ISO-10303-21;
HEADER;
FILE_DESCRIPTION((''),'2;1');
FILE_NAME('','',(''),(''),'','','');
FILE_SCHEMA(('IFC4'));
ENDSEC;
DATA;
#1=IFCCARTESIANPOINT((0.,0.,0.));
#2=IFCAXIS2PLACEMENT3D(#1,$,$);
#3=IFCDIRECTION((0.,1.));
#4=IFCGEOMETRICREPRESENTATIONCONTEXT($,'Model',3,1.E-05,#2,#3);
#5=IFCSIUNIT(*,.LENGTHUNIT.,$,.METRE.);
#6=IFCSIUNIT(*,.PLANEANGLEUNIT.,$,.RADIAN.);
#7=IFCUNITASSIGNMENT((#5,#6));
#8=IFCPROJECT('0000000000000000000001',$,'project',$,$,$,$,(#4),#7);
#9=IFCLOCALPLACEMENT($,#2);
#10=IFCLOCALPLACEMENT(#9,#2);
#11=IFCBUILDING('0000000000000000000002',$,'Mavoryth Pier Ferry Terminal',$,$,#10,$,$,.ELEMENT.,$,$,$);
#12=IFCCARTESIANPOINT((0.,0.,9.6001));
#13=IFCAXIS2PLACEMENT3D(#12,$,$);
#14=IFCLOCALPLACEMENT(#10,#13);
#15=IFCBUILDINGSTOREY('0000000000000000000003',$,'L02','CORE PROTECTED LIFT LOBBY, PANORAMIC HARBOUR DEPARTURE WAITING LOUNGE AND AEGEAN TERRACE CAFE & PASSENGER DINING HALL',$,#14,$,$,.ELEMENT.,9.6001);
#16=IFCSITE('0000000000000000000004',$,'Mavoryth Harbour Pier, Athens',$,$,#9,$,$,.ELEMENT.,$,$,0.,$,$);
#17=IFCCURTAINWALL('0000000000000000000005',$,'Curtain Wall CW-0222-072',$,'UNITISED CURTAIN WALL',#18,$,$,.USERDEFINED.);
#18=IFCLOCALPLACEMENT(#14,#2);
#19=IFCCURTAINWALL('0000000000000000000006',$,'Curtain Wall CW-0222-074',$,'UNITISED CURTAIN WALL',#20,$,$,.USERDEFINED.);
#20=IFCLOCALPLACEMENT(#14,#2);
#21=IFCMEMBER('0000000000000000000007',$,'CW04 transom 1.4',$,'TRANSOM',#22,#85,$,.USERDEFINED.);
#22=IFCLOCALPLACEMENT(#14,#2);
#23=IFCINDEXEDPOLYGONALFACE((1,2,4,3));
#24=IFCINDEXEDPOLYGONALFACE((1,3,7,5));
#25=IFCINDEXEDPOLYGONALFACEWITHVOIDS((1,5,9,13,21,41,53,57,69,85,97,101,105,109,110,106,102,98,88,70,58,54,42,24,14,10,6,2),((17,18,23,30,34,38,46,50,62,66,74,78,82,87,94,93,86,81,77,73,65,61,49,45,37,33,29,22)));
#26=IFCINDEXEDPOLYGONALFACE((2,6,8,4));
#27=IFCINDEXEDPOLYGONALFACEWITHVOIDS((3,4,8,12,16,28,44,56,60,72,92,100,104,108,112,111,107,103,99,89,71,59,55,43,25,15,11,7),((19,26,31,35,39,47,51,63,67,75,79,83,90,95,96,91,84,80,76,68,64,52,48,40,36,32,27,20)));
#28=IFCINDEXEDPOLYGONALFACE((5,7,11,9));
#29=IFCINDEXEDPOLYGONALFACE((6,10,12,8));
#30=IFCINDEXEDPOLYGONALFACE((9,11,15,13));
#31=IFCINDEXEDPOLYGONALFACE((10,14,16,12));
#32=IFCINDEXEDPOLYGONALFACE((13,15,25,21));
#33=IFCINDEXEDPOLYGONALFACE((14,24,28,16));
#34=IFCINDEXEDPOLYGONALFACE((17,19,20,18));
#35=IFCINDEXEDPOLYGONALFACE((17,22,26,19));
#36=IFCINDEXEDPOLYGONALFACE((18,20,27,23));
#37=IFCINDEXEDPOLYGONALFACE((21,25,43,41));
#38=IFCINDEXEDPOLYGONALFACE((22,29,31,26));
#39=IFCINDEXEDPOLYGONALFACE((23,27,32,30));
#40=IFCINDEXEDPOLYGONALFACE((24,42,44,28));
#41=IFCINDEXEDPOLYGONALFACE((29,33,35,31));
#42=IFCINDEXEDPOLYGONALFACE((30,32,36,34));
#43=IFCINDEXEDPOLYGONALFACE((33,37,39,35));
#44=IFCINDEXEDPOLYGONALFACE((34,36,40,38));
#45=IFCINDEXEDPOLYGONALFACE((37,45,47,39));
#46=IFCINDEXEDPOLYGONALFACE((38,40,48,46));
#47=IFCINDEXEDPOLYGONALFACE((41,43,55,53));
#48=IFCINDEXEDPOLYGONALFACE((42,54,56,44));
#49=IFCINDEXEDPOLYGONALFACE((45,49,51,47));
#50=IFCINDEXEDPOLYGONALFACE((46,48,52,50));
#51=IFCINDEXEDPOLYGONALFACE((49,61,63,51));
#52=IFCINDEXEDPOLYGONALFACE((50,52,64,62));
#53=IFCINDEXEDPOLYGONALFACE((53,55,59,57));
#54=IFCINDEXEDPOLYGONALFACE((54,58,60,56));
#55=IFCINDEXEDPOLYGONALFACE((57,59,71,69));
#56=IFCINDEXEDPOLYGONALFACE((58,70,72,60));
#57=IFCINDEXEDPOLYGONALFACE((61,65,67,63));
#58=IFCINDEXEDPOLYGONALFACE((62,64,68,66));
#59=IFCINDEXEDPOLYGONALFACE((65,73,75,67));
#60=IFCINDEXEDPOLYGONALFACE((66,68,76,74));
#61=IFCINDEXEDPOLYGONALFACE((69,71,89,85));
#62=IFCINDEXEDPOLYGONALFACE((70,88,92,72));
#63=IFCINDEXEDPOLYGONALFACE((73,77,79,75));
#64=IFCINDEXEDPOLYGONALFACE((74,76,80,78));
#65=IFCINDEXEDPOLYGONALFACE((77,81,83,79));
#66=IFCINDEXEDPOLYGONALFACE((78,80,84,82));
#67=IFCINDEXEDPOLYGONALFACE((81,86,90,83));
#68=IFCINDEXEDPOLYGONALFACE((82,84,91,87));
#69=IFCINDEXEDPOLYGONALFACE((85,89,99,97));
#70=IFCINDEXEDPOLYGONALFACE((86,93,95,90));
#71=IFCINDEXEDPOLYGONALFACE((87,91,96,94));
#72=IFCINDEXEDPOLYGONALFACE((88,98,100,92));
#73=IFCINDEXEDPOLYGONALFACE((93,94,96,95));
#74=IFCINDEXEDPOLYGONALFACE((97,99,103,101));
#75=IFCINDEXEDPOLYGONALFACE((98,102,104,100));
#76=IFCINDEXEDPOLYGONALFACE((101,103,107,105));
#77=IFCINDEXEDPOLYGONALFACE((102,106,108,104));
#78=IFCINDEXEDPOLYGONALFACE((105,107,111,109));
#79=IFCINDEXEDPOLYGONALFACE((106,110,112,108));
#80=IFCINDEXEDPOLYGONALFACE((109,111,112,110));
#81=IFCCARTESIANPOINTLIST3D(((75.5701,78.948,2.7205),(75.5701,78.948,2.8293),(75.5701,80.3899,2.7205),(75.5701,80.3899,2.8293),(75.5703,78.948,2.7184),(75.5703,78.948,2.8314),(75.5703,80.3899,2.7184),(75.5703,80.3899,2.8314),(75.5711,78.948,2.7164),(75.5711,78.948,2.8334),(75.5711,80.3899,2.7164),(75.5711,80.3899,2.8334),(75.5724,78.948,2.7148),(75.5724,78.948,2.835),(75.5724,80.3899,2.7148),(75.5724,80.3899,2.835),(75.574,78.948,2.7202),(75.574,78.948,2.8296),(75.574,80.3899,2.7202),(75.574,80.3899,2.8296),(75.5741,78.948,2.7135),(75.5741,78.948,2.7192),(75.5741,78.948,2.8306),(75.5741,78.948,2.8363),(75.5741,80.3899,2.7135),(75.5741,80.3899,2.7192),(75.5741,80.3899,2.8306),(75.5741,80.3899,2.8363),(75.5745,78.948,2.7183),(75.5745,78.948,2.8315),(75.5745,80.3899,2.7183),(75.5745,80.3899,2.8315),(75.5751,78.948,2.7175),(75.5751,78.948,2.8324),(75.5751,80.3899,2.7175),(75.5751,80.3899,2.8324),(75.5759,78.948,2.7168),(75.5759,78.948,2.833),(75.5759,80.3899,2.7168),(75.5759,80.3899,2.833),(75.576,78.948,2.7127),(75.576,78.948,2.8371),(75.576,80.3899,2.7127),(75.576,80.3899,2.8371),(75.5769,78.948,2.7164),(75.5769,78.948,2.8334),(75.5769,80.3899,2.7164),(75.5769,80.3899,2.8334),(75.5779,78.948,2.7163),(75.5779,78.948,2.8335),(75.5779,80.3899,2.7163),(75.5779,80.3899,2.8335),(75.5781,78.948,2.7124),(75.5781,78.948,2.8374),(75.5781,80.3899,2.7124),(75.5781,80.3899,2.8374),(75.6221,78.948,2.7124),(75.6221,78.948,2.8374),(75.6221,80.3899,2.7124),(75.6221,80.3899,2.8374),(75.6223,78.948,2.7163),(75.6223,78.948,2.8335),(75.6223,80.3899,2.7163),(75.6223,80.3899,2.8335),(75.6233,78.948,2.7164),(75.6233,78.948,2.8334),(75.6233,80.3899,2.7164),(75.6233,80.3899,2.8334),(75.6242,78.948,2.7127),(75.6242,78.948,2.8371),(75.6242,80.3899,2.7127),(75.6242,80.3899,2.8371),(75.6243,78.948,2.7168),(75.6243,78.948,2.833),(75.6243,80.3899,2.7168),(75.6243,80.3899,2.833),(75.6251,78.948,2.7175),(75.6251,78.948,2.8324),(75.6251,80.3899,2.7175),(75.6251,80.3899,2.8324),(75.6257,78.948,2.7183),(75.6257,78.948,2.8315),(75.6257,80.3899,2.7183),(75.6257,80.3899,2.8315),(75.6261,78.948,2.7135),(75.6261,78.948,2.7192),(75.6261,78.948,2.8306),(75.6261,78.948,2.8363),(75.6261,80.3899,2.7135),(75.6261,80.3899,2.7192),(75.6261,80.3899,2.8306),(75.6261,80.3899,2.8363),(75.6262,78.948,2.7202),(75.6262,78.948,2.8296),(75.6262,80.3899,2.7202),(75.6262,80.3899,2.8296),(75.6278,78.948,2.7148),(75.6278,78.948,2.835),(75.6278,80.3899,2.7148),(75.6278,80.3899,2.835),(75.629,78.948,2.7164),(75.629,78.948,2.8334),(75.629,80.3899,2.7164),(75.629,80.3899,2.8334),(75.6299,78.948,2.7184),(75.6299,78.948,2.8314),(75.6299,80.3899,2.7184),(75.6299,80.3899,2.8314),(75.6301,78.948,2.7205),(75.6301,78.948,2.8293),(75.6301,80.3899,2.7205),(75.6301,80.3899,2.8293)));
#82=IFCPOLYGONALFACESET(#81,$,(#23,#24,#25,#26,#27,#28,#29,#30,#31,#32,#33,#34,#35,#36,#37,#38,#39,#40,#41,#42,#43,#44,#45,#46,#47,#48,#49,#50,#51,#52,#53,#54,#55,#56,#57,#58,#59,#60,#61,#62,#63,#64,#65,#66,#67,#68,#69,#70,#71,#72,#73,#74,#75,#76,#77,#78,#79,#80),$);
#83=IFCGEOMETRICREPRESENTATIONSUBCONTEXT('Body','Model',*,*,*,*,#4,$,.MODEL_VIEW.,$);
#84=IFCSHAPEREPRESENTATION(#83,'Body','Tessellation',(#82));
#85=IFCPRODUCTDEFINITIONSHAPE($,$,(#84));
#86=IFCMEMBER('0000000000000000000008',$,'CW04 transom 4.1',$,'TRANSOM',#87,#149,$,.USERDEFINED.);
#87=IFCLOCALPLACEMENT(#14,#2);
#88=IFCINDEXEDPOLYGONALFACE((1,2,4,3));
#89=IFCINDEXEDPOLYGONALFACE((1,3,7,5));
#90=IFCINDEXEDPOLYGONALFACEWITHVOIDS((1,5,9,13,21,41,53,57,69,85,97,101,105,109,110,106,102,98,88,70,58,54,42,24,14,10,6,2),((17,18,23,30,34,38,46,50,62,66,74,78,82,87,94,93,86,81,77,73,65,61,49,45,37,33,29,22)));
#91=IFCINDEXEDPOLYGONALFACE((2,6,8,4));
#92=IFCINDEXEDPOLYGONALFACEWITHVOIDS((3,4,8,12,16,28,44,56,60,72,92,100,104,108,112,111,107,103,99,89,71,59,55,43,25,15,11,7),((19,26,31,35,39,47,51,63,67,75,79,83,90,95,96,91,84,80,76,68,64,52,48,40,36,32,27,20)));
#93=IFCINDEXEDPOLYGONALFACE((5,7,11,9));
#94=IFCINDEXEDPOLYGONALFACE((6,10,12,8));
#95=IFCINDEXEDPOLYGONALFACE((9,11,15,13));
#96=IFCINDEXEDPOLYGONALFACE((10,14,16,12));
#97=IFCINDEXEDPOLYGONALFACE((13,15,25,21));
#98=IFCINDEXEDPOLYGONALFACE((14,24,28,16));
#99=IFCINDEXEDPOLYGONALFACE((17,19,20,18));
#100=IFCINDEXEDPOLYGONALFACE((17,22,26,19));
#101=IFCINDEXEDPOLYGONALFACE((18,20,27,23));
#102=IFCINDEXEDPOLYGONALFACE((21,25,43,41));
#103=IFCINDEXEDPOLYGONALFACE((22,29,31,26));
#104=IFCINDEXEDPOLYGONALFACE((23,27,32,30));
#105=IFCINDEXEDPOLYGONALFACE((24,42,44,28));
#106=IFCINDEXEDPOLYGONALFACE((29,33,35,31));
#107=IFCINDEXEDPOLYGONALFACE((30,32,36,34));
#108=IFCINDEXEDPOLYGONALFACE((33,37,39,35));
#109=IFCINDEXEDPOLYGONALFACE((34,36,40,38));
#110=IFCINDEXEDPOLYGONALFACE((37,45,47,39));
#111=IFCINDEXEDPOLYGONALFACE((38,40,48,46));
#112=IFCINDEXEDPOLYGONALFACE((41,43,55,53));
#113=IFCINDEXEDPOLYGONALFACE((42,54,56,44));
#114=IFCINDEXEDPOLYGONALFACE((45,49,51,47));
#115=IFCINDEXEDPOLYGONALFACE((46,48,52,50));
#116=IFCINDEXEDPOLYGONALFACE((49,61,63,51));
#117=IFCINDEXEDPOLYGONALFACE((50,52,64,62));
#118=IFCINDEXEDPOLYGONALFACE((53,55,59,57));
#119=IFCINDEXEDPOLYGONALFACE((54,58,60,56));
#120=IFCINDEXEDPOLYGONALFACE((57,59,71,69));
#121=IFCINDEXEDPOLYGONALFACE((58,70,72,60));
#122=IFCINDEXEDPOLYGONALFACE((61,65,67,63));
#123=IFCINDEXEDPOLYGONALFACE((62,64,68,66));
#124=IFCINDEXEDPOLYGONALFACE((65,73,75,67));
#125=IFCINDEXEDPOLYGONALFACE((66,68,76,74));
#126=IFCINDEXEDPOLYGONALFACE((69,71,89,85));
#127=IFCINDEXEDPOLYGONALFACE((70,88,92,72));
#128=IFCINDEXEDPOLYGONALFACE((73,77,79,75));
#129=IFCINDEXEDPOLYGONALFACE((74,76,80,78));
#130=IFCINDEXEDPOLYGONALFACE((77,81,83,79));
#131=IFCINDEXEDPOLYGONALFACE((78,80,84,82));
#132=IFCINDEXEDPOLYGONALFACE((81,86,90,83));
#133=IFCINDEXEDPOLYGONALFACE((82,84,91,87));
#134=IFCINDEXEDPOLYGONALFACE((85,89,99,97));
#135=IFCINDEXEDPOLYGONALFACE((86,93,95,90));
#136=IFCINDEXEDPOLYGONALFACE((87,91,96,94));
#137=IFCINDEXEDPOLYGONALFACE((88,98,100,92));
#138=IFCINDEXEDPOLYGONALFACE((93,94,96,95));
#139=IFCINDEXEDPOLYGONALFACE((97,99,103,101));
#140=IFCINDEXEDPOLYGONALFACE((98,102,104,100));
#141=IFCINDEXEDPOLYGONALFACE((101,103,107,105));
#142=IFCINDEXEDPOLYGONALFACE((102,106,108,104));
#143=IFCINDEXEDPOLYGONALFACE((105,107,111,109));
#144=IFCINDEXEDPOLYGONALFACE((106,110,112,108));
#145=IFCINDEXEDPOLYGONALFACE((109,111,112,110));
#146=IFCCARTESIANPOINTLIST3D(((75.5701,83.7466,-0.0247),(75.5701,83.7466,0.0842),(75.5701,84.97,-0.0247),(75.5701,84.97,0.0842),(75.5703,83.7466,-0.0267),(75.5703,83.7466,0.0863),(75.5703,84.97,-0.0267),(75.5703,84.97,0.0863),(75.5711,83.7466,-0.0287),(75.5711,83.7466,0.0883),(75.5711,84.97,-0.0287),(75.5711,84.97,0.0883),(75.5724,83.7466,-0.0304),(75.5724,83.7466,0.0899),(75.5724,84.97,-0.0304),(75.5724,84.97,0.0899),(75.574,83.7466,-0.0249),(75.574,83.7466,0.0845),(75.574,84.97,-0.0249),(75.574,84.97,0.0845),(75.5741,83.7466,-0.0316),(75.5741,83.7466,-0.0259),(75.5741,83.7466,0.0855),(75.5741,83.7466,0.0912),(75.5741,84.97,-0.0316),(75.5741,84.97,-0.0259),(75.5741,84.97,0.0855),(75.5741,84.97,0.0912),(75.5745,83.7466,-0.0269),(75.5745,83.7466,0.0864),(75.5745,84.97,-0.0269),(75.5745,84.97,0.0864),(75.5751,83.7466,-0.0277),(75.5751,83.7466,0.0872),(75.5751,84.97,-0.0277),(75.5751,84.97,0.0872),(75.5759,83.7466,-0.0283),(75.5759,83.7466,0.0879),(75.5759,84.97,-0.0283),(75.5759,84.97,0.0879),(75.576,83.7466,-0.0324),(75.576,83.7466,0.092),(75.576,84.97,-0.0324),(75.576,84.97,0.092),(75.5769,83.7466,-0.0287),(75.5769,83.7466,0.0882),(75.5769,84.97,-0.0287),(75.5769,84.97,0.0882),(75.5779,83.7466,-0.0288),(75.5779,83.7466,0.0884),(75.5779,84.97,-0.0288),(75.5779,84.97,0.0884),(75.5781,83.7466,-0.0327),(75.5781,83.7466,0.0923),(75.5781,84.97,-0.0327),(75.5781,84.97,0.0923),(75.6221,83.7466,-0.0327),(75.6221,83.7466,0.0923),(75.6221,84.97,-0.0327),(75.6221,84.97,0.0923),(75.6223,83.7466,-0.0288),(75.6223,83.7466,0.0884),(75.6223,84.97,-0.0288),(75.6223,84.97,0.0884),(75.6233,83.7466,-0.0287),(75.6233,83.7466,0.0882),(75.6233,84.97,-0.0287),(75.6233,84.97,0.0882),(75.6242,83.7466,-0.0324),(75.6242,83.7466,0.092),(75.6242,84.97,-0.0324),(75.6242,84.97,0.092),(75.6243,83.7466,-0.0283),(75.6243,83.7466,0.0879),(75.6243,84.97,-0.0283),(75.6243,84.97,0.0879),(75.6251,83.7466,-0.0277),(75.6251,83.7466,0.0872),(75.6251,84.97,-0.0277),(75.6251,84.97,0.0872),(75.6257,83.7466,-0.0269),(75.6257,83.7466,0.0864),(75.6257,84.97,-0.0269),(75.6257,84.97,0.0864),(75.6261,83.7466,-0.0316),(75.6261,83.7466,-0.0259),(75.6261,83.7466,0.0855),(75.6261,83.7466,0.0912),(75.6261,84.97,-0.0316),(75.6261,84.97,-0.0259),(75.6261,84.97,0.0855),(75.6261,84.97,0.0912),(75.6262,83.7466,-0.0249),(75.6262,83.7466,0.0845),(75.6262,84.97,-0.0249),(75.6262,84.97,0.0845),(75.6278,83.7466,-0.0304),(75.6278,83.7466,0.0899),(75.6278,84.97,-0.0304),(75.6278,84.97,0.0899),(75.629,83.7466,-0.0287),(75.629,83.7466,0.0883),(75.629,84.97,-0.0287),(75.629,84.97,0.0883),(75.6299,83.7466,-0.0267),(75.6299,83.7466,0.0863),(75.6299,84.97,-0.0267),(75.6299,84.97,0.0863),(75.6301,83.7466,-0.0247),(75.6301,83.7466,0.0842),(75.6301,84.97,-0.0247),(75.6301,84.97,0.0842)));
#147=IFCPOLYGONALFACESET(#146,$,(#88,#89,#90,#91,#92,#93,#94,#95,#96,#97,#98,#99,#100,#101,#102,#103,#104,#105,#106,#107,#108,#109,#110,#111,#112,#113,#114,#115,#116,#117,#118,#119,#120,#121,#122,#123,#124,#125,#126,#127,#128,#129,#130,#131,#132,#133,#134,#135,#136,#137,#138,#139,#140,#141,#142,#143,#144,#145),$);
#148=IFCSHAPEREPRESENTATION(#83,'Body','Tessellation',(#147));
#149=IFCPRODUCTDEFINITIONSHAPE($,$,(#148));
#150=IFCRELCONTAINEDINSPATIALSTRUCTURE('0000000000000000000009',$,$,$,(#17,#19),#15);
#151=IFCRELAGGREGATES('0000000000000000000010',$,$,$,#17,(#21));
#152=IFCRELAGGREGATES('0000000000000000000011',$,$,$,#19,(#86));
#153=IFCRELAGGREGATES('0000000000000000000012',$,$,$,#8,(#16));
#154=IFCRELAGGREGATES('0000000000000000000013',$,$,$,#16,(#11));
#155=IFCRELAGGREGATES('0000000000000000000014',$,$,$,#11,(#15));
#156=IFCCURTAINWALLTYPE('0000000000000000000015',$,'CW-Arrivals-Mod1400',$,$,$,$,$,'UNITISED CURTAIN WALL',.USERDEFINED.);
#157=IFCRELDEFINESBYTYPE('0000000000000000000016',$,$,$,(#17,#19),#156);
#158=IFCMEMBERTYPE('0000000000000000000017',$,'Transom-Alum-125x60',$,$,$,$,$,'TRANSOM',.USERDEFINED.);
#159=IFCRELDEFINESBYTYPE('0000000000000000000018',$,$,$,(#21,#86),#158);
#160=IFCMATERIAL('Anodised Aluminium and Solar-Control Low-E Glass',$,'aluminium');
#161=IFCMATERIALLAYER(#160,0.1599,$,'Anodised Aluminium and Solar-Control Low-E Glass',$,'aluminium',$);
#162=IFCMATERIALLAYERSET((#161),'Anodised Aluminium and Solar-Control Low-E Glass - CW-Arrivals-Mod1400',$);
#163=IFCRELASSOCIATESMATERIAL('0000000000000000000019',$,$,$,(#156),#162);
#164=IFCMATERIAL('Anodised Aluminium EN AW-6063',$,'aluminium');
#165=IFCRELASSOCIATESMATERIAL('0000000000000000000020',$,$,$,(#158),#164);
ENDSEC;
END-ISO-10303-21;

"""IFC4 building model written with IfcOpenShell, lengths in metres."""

from ifc_helpers import new_model, si_unit, direction, frame, origin, origin_2d, place, context, subcontext, project, spatial, hollow_rectangle, extrude, material, layer, layer_set, material_profile, profile_set, type_object, element, aggregate, save


model = new_model("IFC4")

# Units and contexts
model_context = context("Model", 3, precision=1e-05, world=origin(), true_north=direction((0.0, 1.0)))
body_context = subcontext(model_context, "Body", "Model", "MODEL_VIEW")
ifc_project = project(units=[si_unit("LENGTHUNIT", "METRE"), si_unit("PLANEANGLEUNIT", "RADIAN")], contexts=[model_context])

# Site, building, storey
site_placement = place(None, origin())
site = spatial("IfcSite", under=ifc_project, at=site_placement, Name="Mavoryth Harbour Pier, Athens", CompositionType="ELEMENT", RefElevation=0.0)
building_placement = place(site_placement, origin())
building = spatial("IfcBuilding", under=site, at=building_placement, Name="Mavoryth Pier Ferry Terminal", CompositionType="ELEMENT")
storey_placement = place(building_placement, frame((0.0, 0.0, 9.6001)))
storey = spatial("IfcBuildingStorey", under=building, at=storey_placement, Name="L02", Description="CORE PROTECTED LIFT LOBBY, PANORAMIC HARBOUR DEPARTURE WAITING LOUNGE AND AEGEAN TERRACE CAFE & PASSENGER DINING HALL", CompositionType="ELEMENT", Elevation=9.6001)

# Curtain wall
ifc_material_1 = material(Name="Anodised Aluminium and Solar-Control Low-E Glass", Category="aluminium")
ifc_layer_1 = layer(ifc_material_1, 0.1599, Name="Anodised Aluminium and Solar-Control Low-E Glass", Category="aluminium")
ifc_layer_set_1 = layer_set([ifc_layer_1], Name="Anodised Aluminium and Solar-Control Low-E Glass - CW-Arrivals-Mod1400")
curtain_wall_type = type_object("IfcCurtainWallType", Name="CW-Arrivals-Mod1400", ElementType="UNITISED CURTAIN WALL", PredefinedType="USERDEFINED", material=ifc_layer_set_1)
curtain_wall_1_placement = place(storey_placement, origin())
curtain_wall_1 = element("IfcCurtainWall", 1, at=curtain_wall_1_placement, inside=storey, type_object=curtain_wall_type, Name="Curtain Wall CW-0222-072", ObjectType="UNITISED CURTAIN WALL", PredefinedType="USERDEFINED")
ifc_material_2 = material(Name="Anodised Aluminium EN AW-6063", Category="aluminium")

# Curtain wall
curtain_wall_2_placement = place(storey_placement, origin())
curtain_wall_2 = element("IfcCurtainWall", 2, at=curtain_wall_2_placement, inside=storey, type_object=curtain_wall_type, Name="Curtain Wall CW-0222-074", ObjectType="UNITISED CURTAIN WALL", PredefinedType="USERDEFINED")

# Members
ifc_material_profile_1 = material_profile(ifc_material_2, hollow_rectangle(XDim=0.0601, YDim=0.125, WallThickness=0.0039, InnerFilletRadius=0.0039, OuterFilletRadius=0.0081, at=origin_2d()), Name="AL-TRAN 125x60x4", Category="aluminium")
ifc_profile_set_1 = profile_set([ifc_material_profile_1], Name="Anodised Aluminium EN AW-6063 - AL-TRAN 125x60x4")
member_type_1 = type_object("IfcMemberType", Name="Transom-Alum-125x60", ElementType="TRANSOM", PredefinedType="USERDEFINED", material=ifc_profile_set_1)
member_1_placement = place(storey_placement, frame((75.6001, 80.3899, 2.7749), z_axis=(0.0, -1.0, 0.0), x_axis=(1.0, 0.0, 0.0)))
member_1 = element("IfcMember", 3, at=member_1_placement, type_object=member_type_1, Name="CW04 transom 1.4", ObjectType="TRANSOM", PredefinedType="USERDEFINED", context=body_context, shape_type="SweptSolid", body=[
    extrude(hollow_rectangle(XDim=0.0601, YDim=0.125, WallThickness=0.0039, InnerFilletRadius=0.0039, OuterFilletRadius=0.0081, at=origin_2d()), origin(), (0.0, 0.0, 1.0), 1.4419),
])
aggregate(curtain_wall_1, [member_1])
member_2_placement = place(storey_placement, frame((75.6001, 84.97, 0.0298), z_axis=(0.0, -1.0, 0.0), x_axis=(1.0, 0.0, 0.0)))
member_2 = element("IfcMember", 4, at=member_2_placement, type_object=member_type_1, Name="CW04 transom 4.1", ObjectType="TRANSOM", PredefinedType="USERDEFINED", context=body_context, shape_type="SweptSolid", body=[
    extrude(hollow_rectangle(XDim=0.0601, YDim=0.125, WallThickness=0.0039, InnerFilletRadius=0.0039, OuterFilletRadius=0.0081, at=origin_2d()), origin(), (0.0, 0.0, 1.0), 1.2234),
])

aggregate(curtain_wall_2, [member_2])

save(model, "model.ifc")
